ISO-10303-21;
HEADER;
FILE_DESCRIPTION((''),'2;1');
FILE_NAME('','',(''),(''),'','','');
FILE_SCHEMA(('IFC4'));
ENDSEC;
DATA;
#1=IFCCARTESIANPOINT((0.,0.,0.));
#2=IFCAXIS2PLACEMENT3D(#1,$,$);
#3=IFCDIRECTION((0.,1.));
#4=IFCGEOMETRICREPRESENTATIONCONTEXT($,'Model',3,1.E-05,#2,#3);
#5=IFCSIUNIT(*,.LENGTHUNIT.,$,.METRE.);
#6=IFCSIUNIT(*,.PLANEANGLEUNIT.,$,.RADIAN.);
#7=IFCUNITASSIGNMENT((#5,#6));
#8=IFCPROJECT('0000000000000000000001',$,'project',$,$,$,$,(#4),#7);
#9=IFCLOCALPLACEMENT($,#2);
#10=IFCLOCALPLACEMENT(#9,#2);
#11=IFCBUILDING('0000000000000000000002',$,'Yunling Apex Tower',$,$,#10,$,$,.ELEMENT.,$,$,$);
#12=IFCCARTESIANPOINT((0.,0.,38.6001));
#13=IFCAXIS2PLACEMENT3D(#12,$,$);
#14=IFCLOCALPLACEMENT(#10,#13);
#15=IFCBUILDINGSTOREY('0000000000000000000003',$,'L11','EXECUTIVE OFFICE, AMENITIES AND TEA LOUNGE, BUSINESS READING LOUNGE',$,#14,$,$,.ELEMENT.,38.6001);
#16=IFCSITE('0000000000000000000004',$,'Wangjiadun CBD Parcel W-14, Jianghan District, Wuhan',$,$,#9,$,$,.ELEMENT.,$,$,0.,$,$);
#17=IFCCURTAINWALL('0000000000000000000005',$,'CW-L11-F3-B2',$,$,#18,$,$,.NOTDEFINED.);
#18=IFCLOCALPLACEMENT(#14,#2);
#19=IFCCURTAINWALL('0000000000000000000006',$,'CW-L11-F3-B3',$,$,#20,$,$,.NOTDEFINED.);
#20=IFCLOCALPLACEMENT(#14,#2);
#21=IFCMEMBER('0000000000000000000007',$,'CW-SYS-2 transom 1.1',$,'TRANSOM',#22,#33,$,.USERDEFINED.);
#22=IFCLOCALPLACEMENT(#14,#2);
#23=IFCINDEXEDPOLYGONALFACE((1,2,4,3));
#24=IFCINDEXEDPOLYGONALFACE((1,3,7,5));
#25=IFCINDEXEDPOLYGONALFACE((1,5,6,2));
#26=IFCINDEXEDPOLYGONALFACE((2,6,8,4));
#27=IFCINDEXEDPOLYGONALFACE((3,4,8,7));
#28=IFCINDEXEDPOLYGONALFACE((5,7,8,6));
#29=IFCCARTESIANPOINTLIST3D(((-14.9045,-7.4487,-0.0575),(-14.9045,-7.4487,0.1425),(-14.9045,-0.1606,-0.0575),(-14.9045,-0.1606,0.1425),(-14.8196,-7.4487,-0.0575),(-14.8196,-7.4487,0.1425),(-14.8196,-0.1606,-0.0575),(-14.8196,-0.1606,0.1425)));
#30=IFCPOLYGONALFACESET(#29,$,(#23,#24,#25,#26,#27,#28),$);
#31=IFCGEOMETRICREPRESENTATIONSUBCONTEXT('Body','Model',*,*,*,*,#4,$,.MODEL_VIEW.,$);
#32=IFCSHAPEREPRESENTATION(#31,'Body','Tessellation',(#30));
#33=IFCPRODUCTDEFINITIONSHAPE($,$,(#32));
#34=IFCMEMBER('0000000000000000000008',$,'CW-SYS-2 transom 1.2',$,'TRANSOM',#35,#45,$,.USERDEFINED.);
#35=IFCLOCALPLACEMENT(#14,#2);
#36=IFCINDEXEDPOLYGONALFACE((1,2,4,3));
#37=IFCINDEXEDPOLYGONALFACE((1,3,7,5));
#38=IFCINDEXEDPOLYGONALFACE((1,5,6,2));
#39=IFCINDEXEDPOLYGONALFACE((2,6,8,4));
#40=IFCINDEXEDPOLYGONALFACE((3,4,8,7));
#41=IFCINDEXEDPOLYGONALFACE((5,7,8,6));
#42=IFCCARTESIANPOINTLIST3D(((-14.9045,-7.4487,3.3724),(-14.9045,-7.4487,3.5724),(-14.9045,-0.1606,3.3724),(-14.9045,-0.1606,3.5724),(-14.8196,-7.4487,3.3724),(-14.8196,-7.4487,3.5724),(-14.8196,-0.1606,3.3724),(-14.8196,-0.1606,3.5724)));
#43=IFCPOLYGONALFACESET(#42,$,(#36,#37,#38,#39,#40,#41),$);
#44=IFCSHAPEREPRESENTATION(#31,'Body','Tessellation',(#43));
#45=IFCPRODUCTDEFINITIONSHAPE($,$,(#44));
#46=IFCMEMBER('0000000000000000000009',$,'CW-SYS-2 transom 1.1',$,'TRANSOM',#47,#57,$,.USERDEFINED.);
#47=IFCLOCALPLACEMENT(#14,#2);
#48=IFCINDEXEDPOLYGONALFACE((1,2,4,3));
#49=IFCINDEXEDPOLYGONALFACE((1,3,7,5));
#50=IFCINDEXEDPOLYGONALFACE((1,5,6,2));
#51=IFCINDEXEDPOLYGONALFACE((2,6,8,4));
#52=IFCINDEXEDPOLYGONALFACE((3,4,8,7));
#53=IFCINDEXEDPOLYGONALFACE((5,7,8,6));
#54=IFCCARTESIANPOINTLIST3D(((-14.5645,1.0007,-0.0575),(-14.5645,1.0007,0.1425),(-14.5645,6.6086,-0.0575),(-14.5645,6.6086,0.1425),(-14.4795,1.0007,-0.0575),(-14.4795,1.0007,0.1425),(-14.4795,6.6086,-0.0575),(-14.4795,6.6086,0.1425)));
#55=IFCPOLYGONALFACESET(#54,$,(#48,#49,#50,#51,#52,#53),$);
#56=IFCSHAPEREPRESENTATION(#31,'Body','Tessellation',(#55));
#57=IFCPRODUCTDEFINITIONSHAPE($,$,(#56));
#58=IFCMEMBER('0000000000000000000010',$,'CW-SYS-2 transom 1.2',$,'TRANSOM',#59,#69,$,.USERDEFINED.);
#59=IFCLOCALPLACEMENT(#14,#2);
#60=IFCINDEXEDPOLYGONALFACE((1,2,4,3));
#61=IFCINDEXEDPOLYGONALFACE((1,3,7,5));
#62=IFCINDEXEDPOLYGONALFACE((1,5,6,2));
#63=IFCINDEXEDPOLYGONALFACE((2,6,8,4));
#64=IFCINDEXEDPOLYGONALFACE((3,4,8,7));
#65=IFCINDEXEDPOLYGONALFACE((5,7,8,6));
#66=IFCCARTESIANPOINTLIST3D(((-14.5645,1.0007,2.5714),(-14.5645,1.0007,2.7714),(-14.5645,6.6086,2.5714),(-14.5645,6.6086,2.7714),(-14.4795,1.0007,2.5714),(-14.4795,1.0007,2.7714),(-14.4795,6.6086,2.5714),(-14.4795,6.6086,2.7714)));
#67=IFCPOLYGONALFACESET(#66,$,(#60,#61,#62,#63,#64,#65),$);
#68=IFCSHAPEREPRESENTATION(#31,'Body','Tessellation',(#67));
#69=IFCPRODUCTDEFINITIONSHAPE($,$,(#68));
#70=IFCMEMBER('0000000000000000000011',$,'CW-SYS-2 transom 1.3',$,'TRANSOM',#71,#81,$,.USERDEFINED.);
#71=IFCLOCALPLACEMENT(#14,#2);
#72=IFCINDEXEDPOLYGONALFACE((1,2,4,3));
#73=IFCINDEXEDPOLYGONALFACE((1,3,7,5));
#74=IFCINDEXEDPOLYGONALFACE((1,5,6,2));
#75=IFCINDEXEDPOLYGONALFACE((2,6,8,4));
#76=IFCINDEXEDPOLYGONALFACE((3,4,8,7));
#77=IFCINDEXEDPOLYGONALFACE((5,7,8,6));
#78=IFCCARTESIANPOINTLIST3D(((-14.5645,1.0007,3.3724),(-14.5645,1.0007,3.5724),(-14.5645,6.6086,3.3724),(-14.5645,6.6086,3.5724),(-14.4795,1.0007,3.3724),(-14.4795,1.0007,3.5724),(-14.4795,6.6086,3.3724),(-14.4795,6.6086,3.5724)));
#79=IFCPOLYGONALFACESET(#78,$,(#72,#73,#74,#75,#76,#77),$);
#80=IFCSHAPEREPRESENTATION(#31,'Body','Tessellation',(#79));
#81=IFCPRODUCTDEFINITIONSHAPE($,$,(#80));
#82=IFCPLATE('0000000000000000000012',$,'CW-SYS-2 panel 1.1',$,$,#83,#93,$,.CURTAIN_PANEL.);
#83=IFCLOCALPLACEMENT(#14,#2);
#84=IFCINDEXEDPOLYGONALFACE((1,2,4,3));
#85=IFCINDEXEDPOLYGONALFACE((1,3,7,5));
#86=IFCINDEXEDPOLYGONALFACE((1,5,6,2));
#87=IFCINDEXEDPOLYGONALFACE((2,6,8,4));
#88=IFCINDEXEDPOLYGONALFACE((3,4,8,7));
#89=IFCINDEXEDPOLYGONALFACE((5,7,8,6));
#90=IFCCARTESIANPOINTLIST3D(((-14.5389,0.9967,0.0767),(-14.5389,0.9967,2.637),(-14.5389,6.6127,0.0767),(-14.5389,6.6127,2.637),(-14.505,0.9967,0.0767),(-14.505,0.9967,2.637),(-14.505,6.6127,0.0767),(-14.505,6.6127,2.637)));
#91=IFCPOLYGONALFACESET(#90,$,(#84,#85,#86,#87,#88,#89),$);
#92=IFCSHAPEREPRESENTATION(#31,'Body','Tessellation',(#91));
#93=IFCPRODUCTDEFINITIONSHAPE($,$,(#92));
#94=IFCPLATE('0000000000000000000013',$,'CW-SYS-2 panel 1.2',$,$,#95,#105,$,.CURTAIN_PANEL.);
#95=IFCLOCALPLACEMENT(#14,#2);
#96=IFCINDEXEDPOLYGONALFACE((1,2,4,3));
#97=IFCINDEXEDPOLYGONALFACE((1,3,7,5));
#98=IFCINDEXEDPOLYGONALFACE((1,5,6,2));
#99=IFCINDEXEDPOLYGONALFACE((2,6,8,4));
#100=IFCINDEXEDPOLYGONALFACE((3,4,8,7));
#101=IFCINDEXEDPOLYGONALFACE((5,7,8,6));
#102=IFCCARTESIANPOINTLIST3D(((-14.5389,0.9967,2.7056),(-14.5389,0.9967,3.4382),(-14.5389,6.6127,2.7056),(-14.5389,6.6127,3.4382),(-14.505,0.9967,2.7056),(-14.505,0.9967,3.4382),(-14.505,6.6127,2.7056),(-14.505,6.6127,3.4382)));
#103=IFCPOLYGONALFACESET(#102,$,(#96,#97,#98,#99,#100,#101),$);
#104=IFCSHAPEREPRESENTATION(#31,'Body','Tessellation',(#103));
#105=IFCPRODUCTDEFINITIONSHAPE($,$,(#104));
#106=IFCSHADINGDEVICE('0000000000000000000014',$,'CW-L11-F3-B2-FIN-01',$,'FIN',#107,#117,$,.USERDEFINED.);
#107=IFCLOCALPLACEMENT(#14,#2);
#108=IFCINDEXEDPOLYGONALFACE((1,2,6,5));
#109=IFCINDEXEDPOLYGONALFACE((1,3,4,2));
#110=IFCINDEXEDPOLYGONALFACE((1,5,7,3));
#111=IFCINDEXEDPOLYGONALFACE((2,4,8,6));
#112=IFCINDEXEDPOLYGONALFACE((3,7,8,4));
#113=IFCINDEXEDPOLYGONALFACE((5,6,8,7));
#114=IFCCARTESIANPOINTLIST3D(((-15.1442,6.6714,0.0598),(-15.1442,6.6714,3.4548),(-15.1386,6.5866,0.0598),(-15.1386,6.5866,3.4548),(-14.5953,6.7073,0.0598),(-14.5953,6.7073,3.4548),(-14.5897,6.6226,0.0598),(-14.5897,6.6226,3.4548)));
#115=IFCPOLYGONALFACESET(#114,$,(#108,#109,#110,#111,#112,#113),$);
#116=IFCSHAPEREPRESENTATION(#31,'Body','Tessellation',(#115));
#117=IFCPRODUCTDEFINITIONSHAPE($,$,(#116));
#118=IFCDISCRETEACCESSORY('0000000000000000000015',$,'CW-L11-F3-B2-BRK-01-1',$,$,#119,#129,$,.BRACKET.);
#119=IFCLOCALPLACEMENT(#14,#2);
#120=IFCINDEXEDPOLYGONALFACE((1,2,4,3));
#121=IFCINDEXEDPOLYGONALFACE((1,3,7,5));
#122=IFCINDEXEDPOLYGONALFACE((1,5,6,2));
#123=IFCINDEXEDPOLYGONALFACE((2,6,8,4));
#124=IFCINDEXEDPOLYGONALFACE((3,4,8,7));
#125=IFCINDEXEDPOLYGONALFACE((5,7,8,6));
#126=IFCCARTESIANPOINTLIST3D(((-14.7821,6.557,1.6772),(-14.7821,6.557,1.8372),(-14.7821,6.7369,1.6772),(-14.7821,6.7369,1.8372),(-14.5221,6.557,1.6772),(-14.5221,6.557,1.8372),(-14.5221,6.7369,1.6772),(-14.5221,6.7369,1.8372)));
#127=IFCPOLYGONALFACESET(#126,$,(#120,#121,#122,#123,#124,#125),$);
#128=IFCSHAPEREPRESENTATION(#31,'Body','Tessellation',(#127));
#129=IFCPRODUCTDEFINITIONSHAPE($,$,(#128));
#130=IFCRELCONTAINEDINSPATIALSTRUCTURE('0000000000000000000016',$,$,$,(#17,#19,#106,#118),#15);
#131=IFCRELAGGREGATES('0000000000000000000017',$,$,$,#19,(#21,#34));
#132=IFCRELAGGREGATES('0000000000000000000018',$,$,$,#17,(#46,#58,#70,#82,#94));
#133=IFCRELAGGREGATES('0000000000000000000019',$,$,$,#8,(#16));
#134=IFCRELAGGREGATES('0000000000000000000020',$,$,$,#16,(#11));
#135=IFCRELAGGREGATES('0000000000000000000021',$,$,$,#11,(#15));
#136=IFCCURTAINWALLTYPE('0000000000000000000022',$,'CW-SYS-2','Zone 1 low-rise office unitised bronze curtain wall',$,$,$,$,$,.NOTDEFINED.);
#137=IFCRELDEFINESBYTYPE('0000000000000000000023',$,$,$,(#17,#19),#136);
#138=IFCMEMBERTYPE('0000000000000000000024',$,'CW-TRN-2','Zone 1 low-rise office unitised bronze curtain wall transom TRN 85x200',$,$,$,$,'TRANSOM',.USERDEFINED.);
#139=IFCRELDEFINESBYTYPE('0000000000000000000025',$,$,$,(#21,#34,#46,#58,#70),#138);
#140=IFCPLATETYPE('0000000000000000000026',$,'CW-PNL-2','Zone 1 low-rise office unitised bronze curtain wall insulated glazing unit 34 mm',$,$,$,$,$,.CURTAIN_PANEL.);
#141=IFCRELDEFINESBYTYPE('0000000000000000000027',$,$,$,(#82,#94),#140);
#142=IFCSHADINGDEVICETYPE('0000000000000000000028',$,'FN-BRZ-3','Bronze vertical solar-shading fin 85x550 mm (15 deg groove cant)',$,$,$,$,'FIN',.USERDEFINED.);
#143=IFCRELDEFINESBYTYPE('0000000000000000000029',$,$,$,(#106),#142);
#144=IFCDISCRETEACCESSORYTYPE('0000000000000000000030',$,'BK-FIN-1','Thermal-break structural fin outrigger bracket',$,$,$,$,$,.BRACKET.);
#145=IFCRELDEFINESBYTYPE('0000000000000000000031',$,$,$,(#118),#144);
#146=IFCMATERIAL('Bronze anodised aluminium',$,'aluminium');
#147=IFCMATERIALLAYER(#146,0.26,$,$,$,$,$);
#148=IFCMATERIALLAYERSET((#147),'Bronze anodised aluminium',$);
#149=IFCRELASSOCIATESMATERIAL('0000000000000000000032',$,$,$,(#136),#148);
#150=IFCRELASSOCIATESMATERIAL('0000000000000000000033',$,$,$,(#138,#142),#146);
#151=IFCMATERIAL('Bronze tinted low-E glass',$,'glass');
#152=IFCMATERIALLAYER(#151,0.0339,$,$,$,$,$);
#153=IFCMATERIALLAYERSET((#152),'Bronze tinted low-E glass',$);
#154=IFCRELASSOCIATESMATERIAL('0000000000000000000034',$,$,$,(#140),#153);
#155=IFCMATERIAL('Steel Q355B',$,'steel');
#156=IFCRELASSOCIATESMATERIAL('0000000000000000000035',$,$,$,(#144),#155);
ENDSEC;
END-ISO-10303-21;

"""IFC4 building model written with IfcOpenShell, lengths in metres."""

from ifc_helpers import new_model, si_unit, direction, frame, origin, origin_2d, place, context, subcontext, project, spatial, rectangle, extrude, source, transform, mapped, material, layer, layer_set, material_profile, profile_set, type_object, element, aggregate, save


model = new_model("IFC4")

# Units and contexts
model_context = context("Model", 3, precision=1e-05, world=origin(), true_north=direction((0.0, 1.0)))
body_context = subcontext(model_context, "Body", "Model", "MODEL_VIEW")
ifc_project = project(units=[si_unit("LENGTHUNIT", "METRE"), si_unit("PLANEANGLEUNIT", "RADIAN")], contexts=[model_context])

# Site, building, storey
site_placement = place(None, origin())
site = spatial("IfcSite", under=ifc_project, at=site_placement, Name="Wangjiadun CBD Parcel W-14, Jianghan District, Wuhan", CompositionType="ELEMENT", RefElevation=0.0)
building_placement = place(site_placement, origin())
building = spatial("IfcBuilding", under=site, at=building_placement, Name="Yunling Apex Tower", CompositionType="ELEMENT")
storey_placement = place(building_placement, frame((0.0, 0.0, 38.6001)))
storey = spatial("IfcBuildingStorey", under=building, at=storey_placement, Name="L11", Description="EXECUTIVE OFFICE, AMENITIES AND TEA LOUNGE, BUSINESS READING LOUNGE", CompositionType="ELEMENT", Elevation=38.6001)

# Shared definitions
ifc_material_1 = material(Name="Steel Q355B", Category="steel")

# Curtain walls, members
ifc_material_2 = material(Name="Bronze anodised aluminium", Category="aluminium")
ifc_layer_1 = layer(ifc_material_2, 0.26)
ifc_layer_set_1 = layer_set([ifc_layer_1], Name="Bronze anodised aluminium")
curtain_wall_type = type_object("IfcCurtainWallType", Name="CW-SYS-2", Description="Zone 1 low-rise office unitised bronze curtain wall", PredefinedType="NOTDEFINED", material=ifc_layer_set_1)
curtain_wall_1_placement = place(storey_placement, origin())
curtain_wall_1 = element("IfcCurtainWall", 1, at=curtain_wall_1_placement, inside=storey, type_object=curtain_wall_type, Name="CW-L11-F3-B2", PredefinedType="NOTDEFINED")
curtain_wall_2_placement = place(storey_placement, origin())
curtain_wall_2 = element("IfcCurtainWall", 2, at=curtain_wall_2_placement, inside=storey, type_object=curtain_wall_type, Name="CW-L11-F3-B3", PredefinedType="NOTDEFINED")
ifc_material_profile_1 = material_profile(ifc_material_2, rectangle(XDim=0.085, YDim=0.2, at=origin_2d()))
ifc_profile_set_1 = profile_set([ifc_material_profile_1], Name="Bronze anodised aluminium")
member_type_1 = type_object("IfcMemberType", Name="CW-TRN-2", Description="Zone 1 low-rise office unitised bronze curtain wall transom TRN 85x200", ElementType="TRANSOM", PredefinedType="USERDEFINED", material=ifc_profile_set_1)
shared_shape_1 = source(origin(), body_context, "Body", "SweptSolid", [
    extrude(rectangle(XDim=0.085, YDim=0.2, at=origin_2d()), origin(), (0.0, 0.0, 1.0), 7.2881),
])
member_1_placement = place(storey_placement, frame((-14.8621, -0.1606, 0.0425), z_axis=(0.0, -1.0, 0.0), x_axis=(1.0, 0.0, 0.0)))
member_1 = element("IfcMember", 3, at=member_1_placement, type_object=member_type_1, Name="CW-SYS-2 transom 1.1", ObjectType="TRANSOM", PredefinedType="USERDEFINED", context=body_context, shape_type="MappedRepresentation", body=[
    mapped(shared_shape_1, transform((0.0, 0.0, 0.0), scale=1.0)),
])
member_2_placement = place(storey_placement, frame((-14.8621, -0.1606, 3.4724), z_axis=(0.0, -1.0, 0.0), x_axis=(1.0, 0.0, 0.0)))
member_2 = element("IfcMember", 4, at=member_2_placement, type_object=member_type_1, Name="CW-SYS-2 transom 1.2", ObjectType="TRANSOM", PredefinedType="USERDEFINED", context=body_context, shape_type="MappedRepresentation", body=[
    mapped(shared_shape_1, transform((0.0, 0.0, 0.0), scale=1.0)),
])
aggregate(curtain_wall_2, [member_1, member_2])

# Members
shared_shape_2 = source(origin(), body_context, "Body", "SweptSolid", [
    extrude(rectangle(XDim=0.085, YDim=0.2, at=origin_2d()), origin(), (0.0, 0.0, 1.0), 5.6079),
])
member_3_placement = place(storey_placement, frame((-14.522, 6.6086, 0.0425), z_axis=(0.0, -1.0, 0.0), x_axis=(1.0, 0.0, 0.0)))
member_3 = element("IfcMember", 5, at=member_3_placement, type_object=member_type_1, Name="CW-SYS-2 transom 1.1", ObjectType="TRANSOM", PredefinedType="USERDEFINED", context=body_context, shape_type="MappedRepresentation", body=[
    mapped(shared_shape_2, transform((0.0, 0.0, 0.0), scale=1.0)),
])
member_4_placement = place(storey_placement, frame((-14.522, 6.6086, 2.6714), z_axis=(0.0, -1.0, 0.0), x_axis=(1.0, 0.0, 0.0)))
member_4 = element("IfcMember", 6, at=member_4_placement, type_object=member_type_1, Name="CW-SYS-2 transom 1.2", ObjectType="TRANSOM", PredefinedType="USERDEFINED", context=body_context, shape_type="MappedRepresentation", body=[
    mapped(shared_shape_2, transform((0.0, 0.0, 0.0), scale=1.0)),
])
member_5_placement = place(storey_placement, frame((-14.522, 6.6086, 3.4724), z_axis=(0.0, -1.0, 0.0), x_axis=(1.0, 0.0, 0.0)))
member_5 = element("IfcMember", 7, at=member_5_placement, type_object=member_type_1, Name="CW-SYS-2 transom 1.3", ObjectType="TRANSOM", PredefinedType="USERDEFINED", context=body_context, shape_type="MappedRepresentation", body=[
    mapped(shared_shape_2, transform((0.0, 0.0, 0.0), scale=1.0)),
])

# Plates
ifc_material_3 = material(Name="Bronze tinted low-E glass", Category="glass")
ifc_layer_2 = layer(ifc_material_3, 0.0339)
ifc_layer_set_2 = layer_set([ifc_layer_2], Name="Bronze tinted low-E glass")
plate_type = type_object("IfcPlateType", Name="CW-PNL-2", Description="Zone 1 low-rise office unitised bronze curtain wall insulated glazing unit 34 mm", PredefinedType="CURTAIN_PANEL", material=ifc_layer_set_2)
shared_shape_3 = source(origin(), body_context, "Body", "SweptSolid", [
    extrude(rectangle(XDim=5.616, YDim=0.0339, at=origin_2d()), origin(), (0.0, 0.0, 1.0), 2.5603),
])
plate_1_placement = place(storey_placement, frame((-14.522, 3.8047, 0.0767), z_axis=(0.0, 0.0, 1.0), x_axis=(0.0, -1.0, 0.0)))
plate_1 = element("IfcPlate", 8, at=plate_1_placement, type_object=plate_type, Name="CW-SYS-2 panel 1.1", PredefinedType="CURTAIN_PANEL", context=body_context, shape_type="MappedRepresentation", body=[
    mapped(shared_shape_3, transform((0.0, 0.0, 0.0), scale=1.0)),
])
shared_shape_4 = source(origin(), body_context, "Body", "SweptSolid", [
    extrude(rectangle(XDim=5.616, YDim=0.0339, at=origin_2d()), origin(), (0.0, 0.0, 1.0), 0.7327),
])
plate_2_placement = place(storey_placement, frame((-14.522, 3.8047, 2.7056), z_axis=(0.0, 0.0, 1.0), x_axis=(0.0, -1.0, 0.0)))
plate_2 = element("IfcPlate", 9, at=plate_2_placement, type_object=plate_type, Name="CW-SYS-2 panel 1.2", PredefinedType="CURTAIN_PANEL", context=body_context, shape_type="MappedRepresentation", body=[
    mapped(shared_shape_4, transform((0.0, 0.0, 0.0), scale=1.0)),
])
aggregate(curtain_wall_1, [member_3, member_4, member_5, plate_1, plate_2])

# Shading device
ifc_material_profile_2 = material_profile(ifc_material_2, rectangle(XDim=0.085, YDim=0.55, at=origin_2d()))
ifc_profile_set_2 = profile_set([ifc_material_profile_2], Name="Bronze anodised aluminium")
shading_device_type = type_object("IfcShadingDeviceType", Name="FN-BRZ-3", Description="Bronze vertical solar-shading fin 85x550 mm (15 deg groove cant)", ElementType="FIN", PredefinedType="USERDEFINED", material=ifc_profile_set_2)
shared_shape_5 = source(origin(), body_context, "Body", "SweptSolid", [
    extrude(rectangle(XDim=0.085, YDim=0.55, at=origin_2d()), origin(), (0.0, 0.0, 1.0), 3.395),
])
shading_device_placement = place(storey_placement, frame((-14.8669, 6.647, 0.0598), z_axis=(0.0, 0.0, 1.0), x_axis=(0.065403, -0.997859, 0.0)))
element("IfcShadingDevice", 10, at=shading_device_placement, inside=storey, type_object=shading_device_type, Name="CW-L11-F3-B2-FIN-01", ObjectType="FIN", PredefinedType="USERDEFINED", context=body_context, shape_type="MappedRepresentation", body=[
    mapped(shared_shape_5, transform((0.0, 0.0, 0.0), scale=1.0)),
])

# Discrete accessory
discrete_accessory_type = type_object("IfcDiscreteAccessoryType", Name="BK-FIN-1", Description="Thermal-break structural fin outrigger bracket", PredefinedType="BRACKET", material=ifc_material_1)
shared_shape_6 = source(origin(), body_context, "Body", "SweptSolid", [
    extrude(rectangle(XDim=0.1799, YDim=0.26, at=origin_2d()), origin(), (0.0, 0.0, 1.0), 0.1599),
])
discrete_accessory_placement = place(storey_placement, frame((-14.6521, 6.647, 1.6772), z_axis=(0.0, 0.0, 1.0), x_axis=(0.0, -1.0, 0.0)))
element("IfcDiscreteAccessory", 11, at=discrete_accessory_placement, inside=storey, type_object=discrete_accessory_type, Name="CW-L11-F3-B2-BRK-01-1", PredefinedType="BRACKET", context=body_context, shape_type="MappedRepresentation", body=[
    mapped(shared_shape_6, transform((0.0, 0.0, 0.0), scale=1.0)),
])

save(model, "model.ifc")
